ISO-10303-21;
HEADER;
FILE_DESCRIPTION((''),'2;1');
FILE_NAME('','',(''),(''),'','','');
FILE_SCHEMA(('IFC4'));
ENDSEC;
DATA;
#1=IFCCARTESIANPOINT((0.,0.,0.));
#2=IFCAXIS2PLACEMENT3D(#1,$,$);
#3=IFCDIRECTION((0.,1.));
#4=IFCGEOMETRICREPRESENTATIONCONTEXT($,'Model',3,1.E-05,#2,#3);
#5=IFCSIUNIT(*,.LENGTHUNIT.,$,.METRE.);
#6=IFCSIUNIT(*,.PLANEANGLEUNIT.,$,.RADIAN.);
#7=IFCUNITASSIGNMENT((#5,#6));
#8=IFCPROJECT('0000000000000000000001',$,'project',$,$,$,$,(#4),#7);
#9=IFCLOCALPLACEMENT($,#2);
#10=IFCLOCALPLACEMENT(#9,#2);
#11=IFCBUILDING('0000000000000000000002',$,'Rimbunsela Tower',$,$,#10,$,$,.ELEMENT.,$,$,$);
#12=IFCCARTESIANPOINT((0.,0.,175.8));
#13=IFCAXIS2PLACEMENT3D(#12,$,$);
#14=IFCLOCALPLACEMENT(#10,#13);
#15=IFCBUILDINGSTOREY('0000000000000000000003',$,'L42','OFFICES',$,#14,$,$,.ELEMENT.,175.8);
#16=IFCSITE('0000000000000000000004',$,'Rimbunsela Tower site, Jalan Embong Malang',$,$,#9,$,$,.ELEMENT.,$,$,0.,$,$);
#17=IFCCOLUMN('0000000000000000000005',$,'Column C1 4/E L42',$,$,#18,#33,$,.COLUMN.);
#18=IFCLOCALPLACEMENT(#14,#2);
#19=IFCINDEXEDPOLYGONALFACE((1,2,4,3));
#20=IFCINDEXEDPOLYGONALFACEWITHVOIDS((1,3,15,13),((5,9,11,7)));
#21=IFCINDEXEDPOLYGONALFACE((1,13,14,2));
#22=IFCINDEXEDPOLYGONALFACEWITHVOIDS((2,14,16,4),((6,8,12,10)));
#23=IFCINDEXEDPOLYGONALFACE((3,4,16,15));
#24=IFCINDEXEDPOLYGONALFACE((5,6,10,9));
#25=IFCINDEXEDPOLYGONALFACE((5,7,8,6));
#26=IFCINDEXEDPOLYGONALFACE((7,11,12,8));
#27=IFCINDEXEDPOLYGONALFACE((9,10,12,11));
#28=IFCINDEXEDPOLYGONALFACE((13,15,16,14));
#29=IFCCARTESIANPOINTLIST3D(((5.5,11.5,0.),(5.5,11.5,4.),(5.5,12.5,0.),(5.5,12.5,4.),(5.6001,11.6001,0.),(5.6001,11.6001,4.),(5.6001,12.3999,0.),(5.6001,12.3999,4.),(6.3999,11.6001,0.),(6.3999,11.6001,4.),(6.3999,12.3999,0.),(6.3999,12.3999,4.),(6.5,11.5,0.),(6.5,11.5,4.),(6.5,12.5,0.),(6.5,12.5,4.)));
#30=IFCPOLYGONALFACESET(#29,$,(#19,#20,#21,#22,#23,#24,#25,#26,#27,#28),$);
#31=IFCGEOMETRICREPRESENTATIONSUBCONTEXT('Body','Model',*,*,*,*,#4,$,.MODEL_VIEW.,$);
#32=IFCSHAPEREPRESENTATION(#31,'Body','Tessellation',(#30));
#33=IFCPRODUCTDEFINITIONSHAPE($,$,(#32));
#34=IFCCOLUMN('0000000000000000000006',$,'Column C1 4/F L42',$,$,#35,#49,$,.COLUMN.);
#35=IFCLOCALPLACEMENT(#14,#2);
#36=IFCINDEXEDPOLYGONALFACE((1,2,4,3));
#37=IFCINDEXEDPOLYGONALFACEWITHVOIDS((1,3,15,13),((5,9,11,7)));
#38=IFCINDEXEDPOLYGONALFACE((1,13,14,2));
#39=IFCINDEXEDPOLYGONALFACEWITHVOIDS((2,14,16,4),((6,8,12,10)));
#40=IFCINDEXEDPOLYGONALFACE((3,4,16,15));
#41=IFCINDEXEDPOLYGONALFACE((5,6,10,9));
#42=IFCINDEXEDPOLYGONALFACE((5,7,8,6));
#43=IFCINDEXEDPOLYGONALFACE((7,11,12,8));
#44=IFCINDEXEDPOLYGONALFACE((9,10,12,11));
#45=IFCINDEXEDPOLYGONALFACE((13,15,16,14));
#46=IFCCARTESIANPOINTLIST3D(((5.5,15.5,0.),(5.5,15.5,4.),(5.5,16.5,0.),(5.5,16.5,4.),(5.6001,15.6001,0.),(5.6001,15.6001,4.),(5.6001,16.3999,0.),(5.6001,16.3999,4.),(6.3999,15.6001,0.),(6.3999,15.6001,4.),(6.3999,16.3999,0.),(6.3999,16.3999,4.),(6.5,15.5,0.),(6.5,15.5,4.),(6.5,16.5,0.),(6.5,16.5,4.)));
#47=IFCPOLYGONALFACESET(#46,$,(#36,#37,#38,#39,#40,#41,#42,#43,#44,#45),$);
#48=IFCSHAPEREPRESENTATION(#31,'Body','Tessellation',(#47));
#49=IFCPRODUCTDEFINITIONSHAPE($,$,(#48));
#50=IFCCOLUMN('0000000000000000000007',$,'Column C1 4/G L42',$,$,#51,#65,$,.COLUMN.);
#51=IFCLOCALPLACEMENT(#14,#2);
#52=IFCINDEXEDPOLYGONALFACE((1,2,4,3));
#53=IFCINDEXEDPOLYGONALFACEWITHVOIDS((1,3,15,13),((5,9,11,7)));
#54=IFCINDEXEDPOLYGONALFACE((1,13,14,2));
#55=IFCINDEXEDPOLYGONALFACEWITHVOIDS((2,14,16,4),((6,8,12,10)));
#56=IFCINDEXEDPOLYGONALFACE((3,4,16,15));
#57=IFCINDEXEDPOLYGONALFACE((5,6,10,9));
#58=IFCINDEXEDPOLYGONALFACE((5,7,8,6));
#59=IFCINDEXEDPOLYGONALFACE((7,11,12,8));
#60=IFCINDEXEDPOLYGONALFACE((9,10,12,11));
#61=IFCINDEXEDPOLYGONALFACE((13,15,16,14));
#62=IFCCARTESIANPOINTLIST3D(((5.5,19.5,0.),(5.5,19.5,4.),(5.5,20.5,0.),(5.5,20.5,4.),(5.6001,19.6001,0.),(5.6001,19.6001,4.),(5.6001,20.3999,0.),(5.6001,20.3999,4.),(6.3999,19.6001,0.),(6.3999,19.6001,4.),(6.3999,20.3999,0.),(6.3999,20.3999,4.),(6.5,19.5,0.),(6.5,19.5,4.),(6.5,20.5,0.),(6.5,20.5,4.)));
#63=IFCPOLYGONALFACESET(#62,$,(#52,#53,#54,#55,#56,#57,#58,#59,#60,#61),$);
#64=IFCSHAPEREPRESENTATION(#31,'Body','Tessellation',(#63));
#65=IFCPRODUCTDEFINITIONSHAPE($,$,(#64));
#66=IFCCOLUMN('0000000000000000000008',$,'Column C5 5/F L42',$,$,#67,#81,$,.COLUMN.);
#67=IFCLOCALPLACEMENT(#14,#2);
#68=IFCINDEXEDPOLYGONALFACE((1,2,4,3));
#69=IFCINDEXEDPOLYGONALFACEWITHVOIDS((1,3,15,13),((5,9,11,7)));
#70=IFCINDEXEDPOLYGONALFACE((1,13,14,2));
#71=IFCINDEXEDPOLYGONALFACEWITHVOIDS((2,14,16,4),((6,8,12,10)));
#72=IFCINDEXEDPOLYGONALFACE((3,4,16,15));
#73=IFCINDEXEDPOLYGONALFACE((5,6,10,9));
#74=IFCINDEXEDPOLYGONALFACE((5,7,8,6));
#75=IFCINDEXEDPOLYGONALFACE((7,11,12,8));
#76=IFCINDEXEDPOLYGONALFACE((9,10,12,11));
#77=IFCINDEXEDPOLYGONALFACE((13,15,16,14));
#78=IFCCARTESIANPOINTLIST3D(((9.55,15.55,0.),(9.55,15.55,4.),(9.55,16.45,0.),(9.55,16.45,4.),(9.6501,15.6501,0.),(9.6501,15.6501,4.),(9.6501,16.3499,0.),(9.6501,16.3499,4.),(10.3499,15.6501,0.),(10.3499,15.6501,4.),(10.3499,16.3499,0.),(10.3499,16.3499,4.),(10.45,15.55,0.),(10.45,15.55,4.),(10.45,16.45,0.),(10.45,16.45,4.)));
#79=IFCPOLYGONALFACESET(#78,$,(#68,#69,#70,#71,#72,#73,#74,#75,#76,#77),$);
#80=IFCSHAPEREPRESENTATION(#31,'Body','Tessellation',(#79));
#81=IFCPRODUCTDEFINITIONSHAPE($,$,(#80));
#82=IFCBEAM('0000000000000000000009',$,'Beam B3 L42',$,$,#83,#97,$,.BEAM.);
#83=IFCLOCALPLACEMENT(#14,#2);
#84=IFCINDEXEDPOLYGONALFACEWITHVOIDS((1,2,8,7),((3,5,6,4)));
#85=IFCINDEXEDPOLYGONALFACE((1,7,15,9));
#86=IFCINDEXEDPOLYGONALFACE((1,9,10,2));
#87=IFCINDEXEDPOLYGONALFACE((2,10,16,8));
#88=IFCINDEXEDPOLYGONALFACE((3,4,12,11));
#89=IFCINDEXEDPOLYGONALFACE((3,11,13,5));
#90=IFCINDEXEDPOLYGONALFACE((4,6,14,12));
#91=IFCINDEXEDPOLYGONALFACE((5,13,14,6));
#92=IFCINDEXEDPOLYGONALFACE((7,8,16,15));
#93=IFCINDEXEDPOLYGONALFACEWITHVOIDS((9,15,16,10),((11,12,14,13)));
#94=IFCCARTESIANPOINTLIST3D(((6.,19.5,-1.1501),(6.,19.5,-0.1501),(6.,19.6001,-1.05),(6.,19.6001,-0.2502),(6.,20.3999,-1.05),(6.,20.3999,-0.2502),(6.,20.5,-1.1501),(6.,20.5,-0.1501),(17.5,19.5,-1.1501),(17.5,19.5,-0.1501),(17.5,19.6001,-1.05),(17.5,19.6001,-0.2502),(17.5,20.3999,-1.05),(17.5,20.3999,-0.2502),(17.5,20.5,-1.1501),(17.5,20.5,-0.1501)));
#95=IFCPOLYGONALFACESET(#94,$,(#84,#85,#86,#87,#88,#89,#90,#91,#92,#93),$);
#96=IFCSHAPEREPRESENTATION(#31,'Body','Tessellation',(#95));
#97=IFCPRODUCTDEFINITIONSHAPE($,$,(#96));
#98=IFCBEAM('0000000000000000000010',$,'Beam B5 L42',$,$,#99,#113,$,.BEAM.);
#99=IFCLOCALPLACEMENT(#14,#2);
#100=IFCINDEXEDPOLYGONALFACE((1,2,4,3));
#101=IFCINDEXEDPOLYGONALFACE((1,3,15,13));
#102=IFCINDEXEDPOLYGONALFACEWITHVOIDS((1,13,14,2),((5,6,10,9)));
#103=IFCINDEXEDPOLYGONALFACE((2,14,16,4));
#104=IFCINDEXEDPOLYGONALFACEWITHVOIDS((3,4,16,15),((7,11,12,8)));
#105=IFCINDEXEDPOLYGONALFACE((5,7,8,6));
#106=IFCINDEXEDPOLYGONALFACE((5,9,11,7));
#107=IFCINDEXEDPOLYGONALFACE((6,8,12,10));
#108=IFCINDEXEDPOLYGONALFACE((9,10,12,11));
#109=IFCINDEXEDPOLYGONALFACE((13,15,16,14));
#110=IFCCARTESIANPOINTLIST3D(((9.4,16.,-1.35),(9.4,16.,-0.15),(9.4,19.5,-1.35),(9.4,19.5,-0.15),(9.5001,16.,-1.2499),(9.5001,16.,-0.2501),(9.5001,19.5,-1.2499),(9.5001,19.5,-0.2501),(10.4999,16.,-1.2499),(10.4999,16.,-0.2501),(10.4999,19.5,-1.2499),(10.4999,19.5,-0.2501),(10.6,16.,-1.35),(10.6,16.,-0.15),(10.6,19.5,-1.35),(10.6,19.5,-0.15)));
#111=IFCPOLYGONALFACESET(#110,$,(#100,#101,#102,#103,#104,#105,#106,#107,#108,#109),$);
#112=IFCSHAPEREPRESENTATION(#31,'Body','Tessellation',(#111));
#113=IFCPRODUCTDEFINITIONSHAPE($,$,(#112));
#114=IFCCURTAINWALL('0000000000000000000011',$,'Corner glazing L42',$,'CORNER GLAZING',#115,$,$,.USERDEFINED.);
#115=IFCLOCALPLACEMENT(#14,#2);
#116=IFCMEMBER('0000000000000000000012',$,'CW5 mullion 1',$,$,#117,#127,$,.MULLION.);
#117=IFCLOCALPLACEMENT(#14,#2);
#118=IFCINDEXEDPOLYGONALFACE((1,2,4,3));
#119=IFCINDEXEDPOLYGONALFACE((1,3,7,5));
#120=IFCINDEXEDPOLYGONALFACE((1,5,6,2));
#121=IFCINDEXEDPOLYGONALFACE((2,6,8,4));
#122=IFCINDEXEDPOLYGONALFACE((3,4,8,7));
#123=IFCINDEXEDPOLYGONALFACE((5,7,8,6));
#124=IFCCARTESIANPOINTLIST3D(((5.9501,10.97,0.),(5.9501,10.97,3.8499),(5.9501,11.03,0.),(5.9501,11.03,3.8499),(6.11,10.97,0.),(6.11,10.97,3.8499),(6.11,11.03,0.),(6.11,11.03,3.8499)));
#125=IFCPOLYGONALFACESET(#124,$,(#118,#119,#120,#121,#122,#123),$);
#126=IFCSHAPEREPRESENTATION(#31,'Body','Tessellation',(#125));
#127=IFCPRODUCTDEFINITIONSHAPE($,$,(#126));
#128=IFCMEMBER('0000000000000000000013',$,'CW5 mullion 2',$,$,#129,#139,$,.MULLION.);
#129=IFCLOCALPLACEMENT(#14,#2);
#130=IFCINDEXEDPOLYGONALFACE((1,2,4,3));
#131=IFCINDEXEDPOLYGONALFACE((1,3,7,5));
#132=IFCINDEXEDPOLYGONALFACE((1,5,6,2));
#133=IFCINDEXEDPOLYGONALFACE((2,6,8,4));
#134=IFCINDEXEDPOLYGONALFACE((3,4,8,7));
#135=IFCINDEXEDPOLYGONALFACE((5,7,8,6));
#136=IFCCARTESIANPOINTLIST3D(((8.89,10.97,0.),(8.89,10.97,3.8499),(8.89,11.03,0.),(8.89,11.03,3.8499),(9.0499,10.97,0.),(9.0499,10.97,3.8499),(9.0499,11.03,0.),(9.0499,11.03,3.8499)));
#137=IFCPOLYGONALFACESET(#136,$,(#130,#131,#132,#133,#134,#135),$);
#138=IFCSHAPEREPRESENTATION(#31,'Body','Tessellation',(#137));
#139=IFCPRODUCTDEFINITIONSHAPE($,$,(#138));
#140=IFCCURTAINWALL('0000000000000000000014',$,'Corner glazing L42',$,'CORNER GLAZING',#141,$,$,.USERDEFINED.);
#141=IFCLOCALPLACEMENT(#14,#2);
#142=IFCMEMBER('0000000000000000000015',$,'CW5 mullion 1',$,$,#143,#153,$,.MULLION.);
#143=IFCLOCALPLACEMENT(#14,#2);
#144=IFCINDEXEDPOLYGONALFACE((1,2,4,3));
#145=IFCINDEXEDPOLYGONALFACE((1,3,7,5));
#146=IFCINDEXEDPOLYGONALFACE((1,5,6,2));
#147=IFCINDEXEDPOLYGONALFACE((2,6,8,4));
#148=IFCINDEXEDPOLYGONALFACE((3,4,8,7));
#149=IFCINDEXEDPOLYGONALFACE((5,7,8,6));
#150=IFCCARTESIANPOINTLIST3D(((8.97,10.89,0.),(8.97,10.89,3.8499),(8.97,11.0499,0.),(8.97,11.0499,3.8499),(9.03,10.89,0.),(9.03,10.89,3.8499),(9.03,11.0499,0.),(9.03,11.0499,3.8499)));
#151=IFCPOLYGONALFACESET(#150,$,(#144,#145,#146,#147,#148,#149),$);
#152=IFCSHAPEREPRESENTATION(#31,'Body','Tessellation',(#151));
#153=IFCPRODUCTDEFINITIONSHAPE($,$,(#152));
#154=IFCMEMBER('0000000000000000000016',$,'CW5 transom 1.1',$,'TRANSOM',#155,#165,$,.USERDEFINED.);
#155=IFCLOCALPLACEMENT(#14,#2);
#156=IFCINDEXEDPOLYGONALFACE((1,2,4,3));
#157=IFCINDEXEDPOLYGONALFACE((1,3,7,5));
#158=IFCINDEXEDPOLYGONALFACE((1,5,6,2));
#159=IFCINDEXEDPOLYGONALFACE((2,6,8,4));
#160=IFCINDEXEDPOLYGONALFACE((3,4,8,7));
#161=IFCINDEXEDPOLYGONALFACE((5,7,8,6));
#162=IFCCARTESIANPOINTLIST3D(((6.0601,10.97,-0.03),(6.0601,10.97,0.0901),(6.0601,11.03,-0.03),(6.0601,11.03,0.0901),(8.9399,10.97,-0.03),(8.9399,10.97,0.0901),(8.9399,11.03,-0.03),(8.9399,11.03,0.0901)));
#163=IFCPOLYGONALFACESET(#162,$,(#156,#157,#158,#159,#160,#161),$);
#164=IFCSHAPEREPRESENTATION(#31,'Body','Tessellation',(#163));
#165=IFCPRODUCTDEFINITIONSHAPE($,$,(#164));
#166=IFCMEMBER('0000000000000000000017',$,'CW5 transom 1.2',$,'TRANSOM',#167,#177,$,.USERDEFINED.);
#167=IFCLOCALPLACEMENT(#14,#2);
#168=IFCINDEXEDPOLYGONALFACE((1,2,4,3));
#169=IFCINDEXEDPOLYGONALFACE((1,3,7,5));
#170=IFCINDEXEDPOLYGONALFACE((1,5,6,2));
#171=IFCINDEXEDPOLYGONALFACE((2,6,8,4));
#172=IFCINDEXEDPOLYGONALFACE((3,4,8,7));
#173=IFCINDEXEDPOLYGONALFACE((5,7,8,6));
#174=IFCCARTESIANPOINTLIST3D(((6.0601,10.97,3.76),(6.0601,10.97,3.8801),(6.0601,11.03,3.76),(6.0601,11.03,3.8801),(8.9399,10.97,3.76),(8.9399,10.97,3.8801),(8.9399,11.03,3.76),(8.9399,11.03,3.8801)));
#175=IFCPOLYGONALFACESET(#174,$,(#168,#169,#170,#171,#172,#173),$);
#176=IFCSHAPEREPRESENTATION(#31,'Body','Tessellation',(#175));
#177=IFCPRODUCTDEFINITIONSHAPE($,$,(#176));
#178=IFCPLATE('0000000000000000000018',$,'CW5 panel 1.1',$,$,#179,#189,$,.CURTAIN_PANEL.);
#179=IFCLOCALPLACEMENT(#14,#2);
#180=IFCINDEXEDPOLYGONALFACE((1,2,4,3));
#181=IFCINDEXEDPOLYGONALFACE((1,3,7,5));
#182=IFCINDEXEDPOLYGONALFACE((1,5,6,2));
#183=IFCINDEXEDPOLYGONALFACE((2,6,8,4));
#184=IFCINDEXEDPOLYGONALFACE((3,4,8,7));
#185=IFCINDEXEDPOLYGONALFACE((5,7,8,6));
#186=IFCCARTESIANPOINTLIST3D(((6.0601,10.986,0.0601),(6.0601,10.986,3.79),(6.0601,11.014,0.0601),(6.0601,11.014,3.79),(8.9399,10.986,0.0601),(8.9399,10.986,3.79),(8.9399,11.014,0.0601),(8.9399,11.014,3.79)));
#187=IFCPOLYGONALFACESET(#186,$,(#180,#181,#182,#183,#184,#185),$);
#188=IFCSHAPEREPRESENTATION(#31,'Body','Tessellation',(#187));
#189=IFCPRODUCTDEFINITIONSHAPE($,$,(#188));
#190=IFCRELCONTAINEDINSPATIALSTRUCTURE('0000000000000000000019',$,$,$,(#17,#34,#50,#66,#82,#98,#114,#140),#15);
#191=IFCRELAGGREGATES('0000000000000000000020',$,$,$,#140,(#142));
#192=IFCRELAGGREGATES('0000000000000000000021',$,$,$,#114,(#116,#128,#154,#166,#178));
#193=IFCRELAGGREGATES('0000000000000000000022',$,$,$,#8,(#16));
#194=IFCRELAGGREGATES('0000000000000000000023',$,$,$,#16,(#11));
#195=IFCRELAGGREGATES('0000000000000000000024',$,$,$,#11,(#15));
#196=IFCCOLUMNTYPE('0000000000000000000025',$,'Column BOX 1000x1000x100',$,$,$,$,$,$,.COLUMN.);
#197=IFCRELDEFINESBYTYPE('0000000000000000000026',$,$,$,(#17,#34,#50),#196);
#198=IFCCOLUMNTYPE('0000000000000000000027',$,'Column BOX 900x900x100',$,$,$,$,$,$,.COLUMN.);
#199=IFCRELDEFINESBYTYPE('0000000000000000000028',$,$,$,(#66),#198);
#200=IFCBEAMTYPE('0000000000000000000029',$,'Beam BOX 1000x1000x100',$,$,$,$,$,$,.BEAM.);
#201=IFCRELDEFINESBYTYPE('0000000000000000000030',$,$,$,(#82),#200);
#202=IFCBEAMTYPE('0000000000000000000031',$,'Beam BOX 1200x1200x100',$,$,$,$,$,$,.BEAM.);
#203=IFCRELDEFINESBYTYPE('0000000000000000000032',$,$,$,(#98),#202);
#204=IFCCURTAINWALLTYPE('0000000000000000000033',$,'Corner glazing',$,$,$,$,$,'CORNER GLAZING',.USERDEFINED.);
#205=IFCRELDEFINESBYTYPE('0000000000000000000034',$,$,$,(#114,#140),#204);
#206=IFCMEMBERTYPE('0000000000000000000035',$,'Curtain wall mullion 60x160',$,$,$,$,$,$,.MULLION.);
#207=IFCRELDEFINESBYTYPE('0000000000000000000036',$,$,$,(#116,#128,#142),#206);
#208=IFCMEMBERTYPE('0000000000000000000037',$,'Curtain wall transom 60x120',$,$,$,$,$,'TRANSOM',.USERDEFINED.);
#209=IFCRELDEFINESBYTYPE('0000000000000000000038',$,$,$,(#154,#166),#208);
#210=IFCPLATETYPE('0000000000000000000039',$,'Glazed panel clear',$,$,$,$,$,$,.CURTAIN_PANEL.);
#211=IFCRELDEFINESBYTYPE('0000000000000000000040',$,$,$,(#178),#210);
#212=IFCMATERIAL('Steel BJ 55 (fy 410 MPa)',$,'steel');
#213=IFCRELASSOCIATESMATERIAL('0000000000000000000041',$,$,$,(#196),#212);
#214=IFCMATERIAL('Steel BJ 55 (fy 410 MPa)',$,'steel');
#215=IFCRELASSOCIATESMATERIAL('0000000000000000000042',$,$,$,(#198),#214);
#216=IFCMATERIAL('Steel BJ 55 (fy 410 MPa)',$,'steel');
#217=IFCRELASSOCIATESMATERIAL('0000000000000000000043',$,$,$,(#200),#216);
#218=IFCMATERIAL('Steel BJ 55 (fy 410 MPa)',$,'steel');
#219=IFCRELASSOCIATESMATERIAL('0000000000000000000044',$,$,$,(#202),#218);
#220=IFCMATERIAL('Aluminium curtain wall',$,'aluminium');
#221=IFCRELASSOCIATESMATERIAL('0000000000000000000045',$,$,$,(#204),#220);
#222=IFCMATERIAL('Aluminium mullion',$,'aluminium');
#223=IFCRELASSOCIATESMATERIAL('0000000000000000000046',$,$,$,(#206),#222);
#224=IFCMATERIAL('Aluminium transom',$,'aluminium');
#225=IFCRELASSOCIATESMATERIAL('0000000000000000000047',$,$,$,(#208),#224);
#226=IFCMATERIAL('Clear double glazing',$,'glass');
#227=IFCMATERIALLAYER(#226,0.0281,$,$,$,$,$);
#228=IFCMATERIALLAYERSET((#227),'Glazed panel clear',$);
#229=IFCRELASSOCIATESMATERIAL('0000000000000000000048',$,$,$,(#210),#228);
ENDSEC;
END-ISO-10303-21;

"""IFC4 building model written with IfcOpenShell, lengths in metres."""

from ifc_helpers import new_model, si_unit, direction, frame, origin, origin_2d, place, context, subcontext, project, spatial, rectangle, hollow_rectangle, extrude, material, layer, layer_set, material_profile, profile_set, type_object, element, aggregate, save


model = new_model("IFC4")

# Units and contexts
model_context = context("Model", 3, precision=1e-05, world=origin(), true_north=direction((0.0, 1.0)))
body_context = subcontext(model_context, "Body", "Model", "MODEL_VIEW")
ifc_project = project(units=[si_unit("LENGTHUNIT", "METRE"), si_unit("PLANEANGLEUNIT", "RADIAN")], contexts=[model_context])

# Site, building, storey
site_placement = place(None, origin())
site = spatial("IfcSite", under=ifc_project, at=site_placement, Name="Rimbunsela Tower site, Jalan Embong Malang", CompositionType="ELEMENT", RefElevation=0.0)
building_placement = place(site_placement, origin())
building = spatial("IfcBuilding", under=site, at=building_placement, Name="Rimbunsela Tower", CompositionType="ELEMENT")
storey_placement = place(building_placement, frame((0.0, 0.0, 175.8)))
storey = spatial("IfcBuildingStorey", under=building, at=storey_placement, Name="L42", Description="OFFICES", CompositionType="ELEMENT", Elevation=175.8)

# Columns
ifc_material_1 = material(Name="Steel BJ 55 (fy 410 MPa)", Category="steel")
ifc_material_profile_1 = material_profile(ifc_material_1, hollow_rectangle(XDim=1.0, YDim=1.0, WallThickness=0.1001, at=origin_2d()), Name="BOX 1000x1000x100")
ifc_profile_set_1 = profile_set([ifc_material_profile_1], Name="Steel BJ 55 (fy 410 MPa)")
column_type_1 = type_object("IfcColumnType", Name="Column BOX 1000x1000x100", PredefinedType="COLUMN", material=ifc_profile_set_1)
for number, where, z_axis, x_axis, name in (
    (1, (6.0, 12.0, 0.0), (0.0, 0.0, 1.0), (1.0, 0.0, 0.0), "Column C1 4/E L42"),
    (2, (6.0, 16.0, 0.0), (0.0, 0.0, 1.0), (1.0, 0.0, 0.0), "Column C1 4/F L42"),
    (3, (6.0, 20.0, 0.0), (0.0, 0.0, 1.0), (1.0, 0.0, 0.0), "Column C1 4/G L42"),
):
    element("IfcColumn", number, at=place(storey_placement, frame(where, z_axis=z_axis, x_axis=x_axis)), inside=storey, type_object=column_type_1, Name=name, PredefinedType="COLUMN", context=body_context, shape_type="SweptSolid", body=[
        extrude(hollow_rectangle(XDim=1.0, YDim=1.0, WallThickness=0.1001, at=origin_2d()), origin(), (0.0, 0.0, 1.0), 4.0),
    ])
ifc_material_2 = material(Name="Steel BJ 55 (fy 410 MPa)", Category="steel")
ifc_material_profile_2 = material_profile(ifc_material_2, hollow_rectangle(XDim=0.8999, YDim=0.8999, WallThickness=0.1001, at=origin_2d()), Name="BOX 900x900x100")
ifc_profile_set_2 = profile_set([ifc_material_profile_2], Name="Steel BJ 55 (fy 410 MPa)")
column_type_2 = type_object("IfcColumnType", Name="Column BOX 900x900x100", PredefinedType="COLUMN", material=ifc_profile_set_2)
column_placement = place(storey_placement, frame((10.0, 16.0, 0.0), z_axis=(0.0, 0.0, 1.0), x_axis=(1.0, 0.0, 0.0)))
element("IfcColumn", 4, at=column_placement, inside=storey, type_object=column_type_2, Name="Column C5 5/F L42", PredefinedType="COLUMN", context=body_context, shape_type="SweptSolid", body=[
    extrude(hollow_rectangle(XDim=0.8999, YDim=0.8999, WallThickness=0.1001, at=origin_2d()), origin(), (0.0, 0.0, 1.0), 4.0),
])

# Beams
ifc_material_3 = material(Name="Steel BJ 55 (fy 410 MPa)", Category="steel")
ifc_material_profile_3 = material_profile(ifc_material_3, hollow_rectangle(XDim=1.0, YDim=1.0, WallThickness=0.1001, at=origin_2d()), Name="BOX 1000x1000x100")
ifc_profile_set_3 = profile_set([ifc_material_profile_3], Name="Steel BJ 55 (fy 410 MPa)")
beam_type_1 = type_object("IfcBeamType", Name="Beam BOX 1000x1000x100", PredefinedType="BEAM", material=ifc_profile_set_3)
beam_1_placement = place(storey_placement, frame((6.0, 20.0, -0.6501), z_axis=(1.0, 0.0, 0.0), x_axis=(0.0, 1.0, 0.0)))
element("IfcBeam", 5, at=beam_1_placement, inside=storey, type_object=beam_type_1, Name="Beam B3 L42", PredefinedType="BEAM", context=body_context, shape_type="SweptSolid", body=[
    extrude(hollow_rectangle(XDim=1.0, YDim=1.0, WallThickness=0.1001, at=origin_2d()), origin(), (0.0, 0.0, 1.0), 11.5),
])
ifc_material_4 = material(Name="Steel BJ 55 (fy 410 MPa)", Category="steel")
ifc_material_profile_4 = material_profile(ifc_material_4, hollow_rectangle(XDim=1.2, YDim=1.2, WallThickness=0.1001, at=origin_2d()), Name="BOX 1200x1200x100")
ifc_profile_set_4 = profile_set([ifc_material_profile_4], Name="Steel BJ 55 (fy 410 MPa)")
beam_type_2 = type_object("IfcBeamType", Name="Beam BOX 1200x1200x100", PredefinedType="BEAM", material=ifc_profile_set_4)
beam_2_placement = place(storey_placement, frame((10.0, 16.0, -0.75), z_axis=(0.0, 1.0, 0.0), x_axis=(-1.0, 0.0, 0.0)))
element("IfcBeam", 6, at=beam_2_placement, inside=storey, type_object=beam_type_2, Name="Beam B5 L42", PredefinedType="BEAM", context=body_context, shape_type="SweptSolid", body=[
    extrude(hollow_rectangle(XDim=1.2, YDim=1.2, WallThickness=0.1001, at=origin_2d()), origin(), (0.0, 0.0, 1.0), 3.5),
])

# Curtain wall, members
ifc_material_5 = material(Name="Aluminium curtain wall", Category="aluminium")
curtain_wall_type = type_object("IfcCurtainWallType", Name="Corner glazing", ElementType="CORNER GLAZING", PredefinedType="USERDEFINED", material=ifc_material_5)
curtain_wall_1_placement = place(storey_placement, origin())
curtain_wall_1 = element("IfcCurtainWall", 7, at=curtain_wall_1_placement, inside=storey, type_object=curtain_wall_type, Name="Corner glazing L42", ObjectType="CORNER GLAZING", PredefinedType="USERDEFINED")
ifc_material_6 = material(Name="Aluminium mullion", Category="aluminium")
ifc_material_profile_5 = material_profile(ifc_material_6, rectangle(XDim=0.0601, YDim=0.1599, at=origin_2d()), Name="Mullion 60x160")
ifc_profile_set_5 = profile_set([ifc_material_profile_5], Name="Aluminium mullion")
member_type_1 = type_object("IfcMemberType", Name="Curtain wall mullion 60x160", PredefinedType="MULLION", material=ifc_profile_set_5)
member_1_placement = place(storey_placement, frame((6.03, 11.0, 0.0), z_axis=(0.0, 0.0, 1.0), x_axis=(0.0, 1.0, 0.0)))
member_1 = element("IfcMember", 8, at=member_1_placement, type_object=member_type_1, Name="CW5 mullion 1", PredefinedType="MULLION", context=body_context, shape_type="SweptSolid", body=[
    extrude(rectangle(XDim=0.0601, YDim=0.1599, at=origin_2d()), origin(), (0.0, 0.0, 1.0), 3.8499),
])
member_2_placement = place(storey_placement, frame((8.97, 11.0, 0.0), z_axis=(0.0, 0.0, 1.0), x_axis=(0.0, 1.0, 0.0)))
member_2 = element("IfcMember", 9, at=member_2_placement, type_object=member_type_1, Name="CW5 mullion 2", PredefinedType="MULLION", context=body_context, shape_type="SweptSolid", body=[
    extrude(rectangle(XDim=0.0601, YDim=0.1599, at=origin_2d()), origin(), (0.0, 0.0, 1.0), 3.8499),
])

# Curtain wall, member
curtain_wall_2_placement = place(storey_placement, origin())
curtain_wall_2 = element("IfcCurtainWall", 10, at=curtain_wall_2_placement, inside=storey, type_object=curtain_wall_type, Name="Corner glazing L42", ObjectType="CORNER GLAZING", PredefinedType="USERDEFINED")
member_3_placement = place(storey_placement, frame((9.0, 10.97, 0.0), z_axis=(0.0, 0.0, 1.0), x_axis=(1.0, 0.0, 0.0)))
member_3 = element("IfcMember", 11, at=member_3_placement, type_object=member_type_1, Name="CW5 mullion 1", PredefinedType="MULLION", context=body_context, shape_type="SweptSolid", body=[
    extrude(rectangle(XDim=0.0601, YDim=0.1599, at=origin_2d()), origin(), (0.0, 0.0, 1.0), 3.8499),
])
aggregate(curtain_wall_2, [member_3])

# Members
ifc_material_7 = material(Name="Aluminium transom", Category="aluminium")
ifc_material_profile_6 = material_profile(ifc_material_7, rectangle(XDim=0.0601, YDim=0.1201, at=origin_2d()), Name="Transom 60x120")
ifc_profile_set_6 = profile_set([ifc_material_profile_6], Name="Aluminium transom")
member_type_2 = type_object("IfcMemberType", Name="Curtain wall transom 60x120", ElementType="TRANSOM", PredefinedType="USERDEFINED", material=ifc_profile_set_6)
member_4_placement = place(storey_placement, frame((6.0601, 11.0, 0.03), z_axis=(1.0, 0.0, 0.0), x_axis=(0.0, 1.0, 0.0)))
member_4 = element("IfcMember", 12, at=member_4_placement, type_object=member_type_2, Name="CW5 transom 1.1", ObjectType="TRANSOM", PredefinedType="USERDEFINED", context=body_context, shape_type="SweptSolid", body=[
    extrude(rectangle(XDim=0.0601, YDim=0.1201, at=origin_2d()), origin(), (0.0, 0.0, 1.0), 2.8799),
])
member_5_placement = place(storey_placement, frame((6.0601, 11.0, 3.8201), z_axis=(1.0, 0.0, 0.0), x_axis=(0.0, 1.0, 0.0)))
member_5 = element("IfcMember", 13, at=member_5_placement, type_object=member_type_2, Name="CW5 transom 1.2", ObjectType="TRANSOM", PredefinedType="USERDEFINED", context=body_context, shape_type="SweptSolid", body=[
    extrude(rectangle(XDim=0.0601, YDim=0.1201, at=origin_2d()), origin(), (0.0, 0.0, 1.0), 2.8799),
])

# Plate
ifc_material_8 = material(Name="Clear double glazing", Category="glass")
ifc_layer_1 = layer(ifc_material_8, 0.0281)
ifc_layer_set_1 = layer_set([ifc_layer_1], Name="Glazed panel clear")
plate_type = type_object("IfcPlateType", Name="Glazed panel clear", PredefinedType="CURTAIN_PANEL", material=ifc_layer_set_1)
plate_placement = place(storey_placement, frame((7.5, 11.0, 0.0601), z_axis=(0.0, 0.0, 1.0), x_axis=(1.0, 0.0, 0.0)))
plate = element("IfcPlate", 14, at=plate_placement, type_object=plate_type, Name="CW5 panel 1.1", PredefinedType="CURTAIN_PANEL", context=body_context, shape_type="SweptSolid", body=[
    extrude(rectangle(XDim=2.8799, YDim=0.0281, at=origin_2d()), origin(), (0.0, 0.0, 1.0), 3.73),
])
aggregate(curtain_wall_1, [member_1, member_2, member_4, member_5, plate])

save(model, "model.ifc")
